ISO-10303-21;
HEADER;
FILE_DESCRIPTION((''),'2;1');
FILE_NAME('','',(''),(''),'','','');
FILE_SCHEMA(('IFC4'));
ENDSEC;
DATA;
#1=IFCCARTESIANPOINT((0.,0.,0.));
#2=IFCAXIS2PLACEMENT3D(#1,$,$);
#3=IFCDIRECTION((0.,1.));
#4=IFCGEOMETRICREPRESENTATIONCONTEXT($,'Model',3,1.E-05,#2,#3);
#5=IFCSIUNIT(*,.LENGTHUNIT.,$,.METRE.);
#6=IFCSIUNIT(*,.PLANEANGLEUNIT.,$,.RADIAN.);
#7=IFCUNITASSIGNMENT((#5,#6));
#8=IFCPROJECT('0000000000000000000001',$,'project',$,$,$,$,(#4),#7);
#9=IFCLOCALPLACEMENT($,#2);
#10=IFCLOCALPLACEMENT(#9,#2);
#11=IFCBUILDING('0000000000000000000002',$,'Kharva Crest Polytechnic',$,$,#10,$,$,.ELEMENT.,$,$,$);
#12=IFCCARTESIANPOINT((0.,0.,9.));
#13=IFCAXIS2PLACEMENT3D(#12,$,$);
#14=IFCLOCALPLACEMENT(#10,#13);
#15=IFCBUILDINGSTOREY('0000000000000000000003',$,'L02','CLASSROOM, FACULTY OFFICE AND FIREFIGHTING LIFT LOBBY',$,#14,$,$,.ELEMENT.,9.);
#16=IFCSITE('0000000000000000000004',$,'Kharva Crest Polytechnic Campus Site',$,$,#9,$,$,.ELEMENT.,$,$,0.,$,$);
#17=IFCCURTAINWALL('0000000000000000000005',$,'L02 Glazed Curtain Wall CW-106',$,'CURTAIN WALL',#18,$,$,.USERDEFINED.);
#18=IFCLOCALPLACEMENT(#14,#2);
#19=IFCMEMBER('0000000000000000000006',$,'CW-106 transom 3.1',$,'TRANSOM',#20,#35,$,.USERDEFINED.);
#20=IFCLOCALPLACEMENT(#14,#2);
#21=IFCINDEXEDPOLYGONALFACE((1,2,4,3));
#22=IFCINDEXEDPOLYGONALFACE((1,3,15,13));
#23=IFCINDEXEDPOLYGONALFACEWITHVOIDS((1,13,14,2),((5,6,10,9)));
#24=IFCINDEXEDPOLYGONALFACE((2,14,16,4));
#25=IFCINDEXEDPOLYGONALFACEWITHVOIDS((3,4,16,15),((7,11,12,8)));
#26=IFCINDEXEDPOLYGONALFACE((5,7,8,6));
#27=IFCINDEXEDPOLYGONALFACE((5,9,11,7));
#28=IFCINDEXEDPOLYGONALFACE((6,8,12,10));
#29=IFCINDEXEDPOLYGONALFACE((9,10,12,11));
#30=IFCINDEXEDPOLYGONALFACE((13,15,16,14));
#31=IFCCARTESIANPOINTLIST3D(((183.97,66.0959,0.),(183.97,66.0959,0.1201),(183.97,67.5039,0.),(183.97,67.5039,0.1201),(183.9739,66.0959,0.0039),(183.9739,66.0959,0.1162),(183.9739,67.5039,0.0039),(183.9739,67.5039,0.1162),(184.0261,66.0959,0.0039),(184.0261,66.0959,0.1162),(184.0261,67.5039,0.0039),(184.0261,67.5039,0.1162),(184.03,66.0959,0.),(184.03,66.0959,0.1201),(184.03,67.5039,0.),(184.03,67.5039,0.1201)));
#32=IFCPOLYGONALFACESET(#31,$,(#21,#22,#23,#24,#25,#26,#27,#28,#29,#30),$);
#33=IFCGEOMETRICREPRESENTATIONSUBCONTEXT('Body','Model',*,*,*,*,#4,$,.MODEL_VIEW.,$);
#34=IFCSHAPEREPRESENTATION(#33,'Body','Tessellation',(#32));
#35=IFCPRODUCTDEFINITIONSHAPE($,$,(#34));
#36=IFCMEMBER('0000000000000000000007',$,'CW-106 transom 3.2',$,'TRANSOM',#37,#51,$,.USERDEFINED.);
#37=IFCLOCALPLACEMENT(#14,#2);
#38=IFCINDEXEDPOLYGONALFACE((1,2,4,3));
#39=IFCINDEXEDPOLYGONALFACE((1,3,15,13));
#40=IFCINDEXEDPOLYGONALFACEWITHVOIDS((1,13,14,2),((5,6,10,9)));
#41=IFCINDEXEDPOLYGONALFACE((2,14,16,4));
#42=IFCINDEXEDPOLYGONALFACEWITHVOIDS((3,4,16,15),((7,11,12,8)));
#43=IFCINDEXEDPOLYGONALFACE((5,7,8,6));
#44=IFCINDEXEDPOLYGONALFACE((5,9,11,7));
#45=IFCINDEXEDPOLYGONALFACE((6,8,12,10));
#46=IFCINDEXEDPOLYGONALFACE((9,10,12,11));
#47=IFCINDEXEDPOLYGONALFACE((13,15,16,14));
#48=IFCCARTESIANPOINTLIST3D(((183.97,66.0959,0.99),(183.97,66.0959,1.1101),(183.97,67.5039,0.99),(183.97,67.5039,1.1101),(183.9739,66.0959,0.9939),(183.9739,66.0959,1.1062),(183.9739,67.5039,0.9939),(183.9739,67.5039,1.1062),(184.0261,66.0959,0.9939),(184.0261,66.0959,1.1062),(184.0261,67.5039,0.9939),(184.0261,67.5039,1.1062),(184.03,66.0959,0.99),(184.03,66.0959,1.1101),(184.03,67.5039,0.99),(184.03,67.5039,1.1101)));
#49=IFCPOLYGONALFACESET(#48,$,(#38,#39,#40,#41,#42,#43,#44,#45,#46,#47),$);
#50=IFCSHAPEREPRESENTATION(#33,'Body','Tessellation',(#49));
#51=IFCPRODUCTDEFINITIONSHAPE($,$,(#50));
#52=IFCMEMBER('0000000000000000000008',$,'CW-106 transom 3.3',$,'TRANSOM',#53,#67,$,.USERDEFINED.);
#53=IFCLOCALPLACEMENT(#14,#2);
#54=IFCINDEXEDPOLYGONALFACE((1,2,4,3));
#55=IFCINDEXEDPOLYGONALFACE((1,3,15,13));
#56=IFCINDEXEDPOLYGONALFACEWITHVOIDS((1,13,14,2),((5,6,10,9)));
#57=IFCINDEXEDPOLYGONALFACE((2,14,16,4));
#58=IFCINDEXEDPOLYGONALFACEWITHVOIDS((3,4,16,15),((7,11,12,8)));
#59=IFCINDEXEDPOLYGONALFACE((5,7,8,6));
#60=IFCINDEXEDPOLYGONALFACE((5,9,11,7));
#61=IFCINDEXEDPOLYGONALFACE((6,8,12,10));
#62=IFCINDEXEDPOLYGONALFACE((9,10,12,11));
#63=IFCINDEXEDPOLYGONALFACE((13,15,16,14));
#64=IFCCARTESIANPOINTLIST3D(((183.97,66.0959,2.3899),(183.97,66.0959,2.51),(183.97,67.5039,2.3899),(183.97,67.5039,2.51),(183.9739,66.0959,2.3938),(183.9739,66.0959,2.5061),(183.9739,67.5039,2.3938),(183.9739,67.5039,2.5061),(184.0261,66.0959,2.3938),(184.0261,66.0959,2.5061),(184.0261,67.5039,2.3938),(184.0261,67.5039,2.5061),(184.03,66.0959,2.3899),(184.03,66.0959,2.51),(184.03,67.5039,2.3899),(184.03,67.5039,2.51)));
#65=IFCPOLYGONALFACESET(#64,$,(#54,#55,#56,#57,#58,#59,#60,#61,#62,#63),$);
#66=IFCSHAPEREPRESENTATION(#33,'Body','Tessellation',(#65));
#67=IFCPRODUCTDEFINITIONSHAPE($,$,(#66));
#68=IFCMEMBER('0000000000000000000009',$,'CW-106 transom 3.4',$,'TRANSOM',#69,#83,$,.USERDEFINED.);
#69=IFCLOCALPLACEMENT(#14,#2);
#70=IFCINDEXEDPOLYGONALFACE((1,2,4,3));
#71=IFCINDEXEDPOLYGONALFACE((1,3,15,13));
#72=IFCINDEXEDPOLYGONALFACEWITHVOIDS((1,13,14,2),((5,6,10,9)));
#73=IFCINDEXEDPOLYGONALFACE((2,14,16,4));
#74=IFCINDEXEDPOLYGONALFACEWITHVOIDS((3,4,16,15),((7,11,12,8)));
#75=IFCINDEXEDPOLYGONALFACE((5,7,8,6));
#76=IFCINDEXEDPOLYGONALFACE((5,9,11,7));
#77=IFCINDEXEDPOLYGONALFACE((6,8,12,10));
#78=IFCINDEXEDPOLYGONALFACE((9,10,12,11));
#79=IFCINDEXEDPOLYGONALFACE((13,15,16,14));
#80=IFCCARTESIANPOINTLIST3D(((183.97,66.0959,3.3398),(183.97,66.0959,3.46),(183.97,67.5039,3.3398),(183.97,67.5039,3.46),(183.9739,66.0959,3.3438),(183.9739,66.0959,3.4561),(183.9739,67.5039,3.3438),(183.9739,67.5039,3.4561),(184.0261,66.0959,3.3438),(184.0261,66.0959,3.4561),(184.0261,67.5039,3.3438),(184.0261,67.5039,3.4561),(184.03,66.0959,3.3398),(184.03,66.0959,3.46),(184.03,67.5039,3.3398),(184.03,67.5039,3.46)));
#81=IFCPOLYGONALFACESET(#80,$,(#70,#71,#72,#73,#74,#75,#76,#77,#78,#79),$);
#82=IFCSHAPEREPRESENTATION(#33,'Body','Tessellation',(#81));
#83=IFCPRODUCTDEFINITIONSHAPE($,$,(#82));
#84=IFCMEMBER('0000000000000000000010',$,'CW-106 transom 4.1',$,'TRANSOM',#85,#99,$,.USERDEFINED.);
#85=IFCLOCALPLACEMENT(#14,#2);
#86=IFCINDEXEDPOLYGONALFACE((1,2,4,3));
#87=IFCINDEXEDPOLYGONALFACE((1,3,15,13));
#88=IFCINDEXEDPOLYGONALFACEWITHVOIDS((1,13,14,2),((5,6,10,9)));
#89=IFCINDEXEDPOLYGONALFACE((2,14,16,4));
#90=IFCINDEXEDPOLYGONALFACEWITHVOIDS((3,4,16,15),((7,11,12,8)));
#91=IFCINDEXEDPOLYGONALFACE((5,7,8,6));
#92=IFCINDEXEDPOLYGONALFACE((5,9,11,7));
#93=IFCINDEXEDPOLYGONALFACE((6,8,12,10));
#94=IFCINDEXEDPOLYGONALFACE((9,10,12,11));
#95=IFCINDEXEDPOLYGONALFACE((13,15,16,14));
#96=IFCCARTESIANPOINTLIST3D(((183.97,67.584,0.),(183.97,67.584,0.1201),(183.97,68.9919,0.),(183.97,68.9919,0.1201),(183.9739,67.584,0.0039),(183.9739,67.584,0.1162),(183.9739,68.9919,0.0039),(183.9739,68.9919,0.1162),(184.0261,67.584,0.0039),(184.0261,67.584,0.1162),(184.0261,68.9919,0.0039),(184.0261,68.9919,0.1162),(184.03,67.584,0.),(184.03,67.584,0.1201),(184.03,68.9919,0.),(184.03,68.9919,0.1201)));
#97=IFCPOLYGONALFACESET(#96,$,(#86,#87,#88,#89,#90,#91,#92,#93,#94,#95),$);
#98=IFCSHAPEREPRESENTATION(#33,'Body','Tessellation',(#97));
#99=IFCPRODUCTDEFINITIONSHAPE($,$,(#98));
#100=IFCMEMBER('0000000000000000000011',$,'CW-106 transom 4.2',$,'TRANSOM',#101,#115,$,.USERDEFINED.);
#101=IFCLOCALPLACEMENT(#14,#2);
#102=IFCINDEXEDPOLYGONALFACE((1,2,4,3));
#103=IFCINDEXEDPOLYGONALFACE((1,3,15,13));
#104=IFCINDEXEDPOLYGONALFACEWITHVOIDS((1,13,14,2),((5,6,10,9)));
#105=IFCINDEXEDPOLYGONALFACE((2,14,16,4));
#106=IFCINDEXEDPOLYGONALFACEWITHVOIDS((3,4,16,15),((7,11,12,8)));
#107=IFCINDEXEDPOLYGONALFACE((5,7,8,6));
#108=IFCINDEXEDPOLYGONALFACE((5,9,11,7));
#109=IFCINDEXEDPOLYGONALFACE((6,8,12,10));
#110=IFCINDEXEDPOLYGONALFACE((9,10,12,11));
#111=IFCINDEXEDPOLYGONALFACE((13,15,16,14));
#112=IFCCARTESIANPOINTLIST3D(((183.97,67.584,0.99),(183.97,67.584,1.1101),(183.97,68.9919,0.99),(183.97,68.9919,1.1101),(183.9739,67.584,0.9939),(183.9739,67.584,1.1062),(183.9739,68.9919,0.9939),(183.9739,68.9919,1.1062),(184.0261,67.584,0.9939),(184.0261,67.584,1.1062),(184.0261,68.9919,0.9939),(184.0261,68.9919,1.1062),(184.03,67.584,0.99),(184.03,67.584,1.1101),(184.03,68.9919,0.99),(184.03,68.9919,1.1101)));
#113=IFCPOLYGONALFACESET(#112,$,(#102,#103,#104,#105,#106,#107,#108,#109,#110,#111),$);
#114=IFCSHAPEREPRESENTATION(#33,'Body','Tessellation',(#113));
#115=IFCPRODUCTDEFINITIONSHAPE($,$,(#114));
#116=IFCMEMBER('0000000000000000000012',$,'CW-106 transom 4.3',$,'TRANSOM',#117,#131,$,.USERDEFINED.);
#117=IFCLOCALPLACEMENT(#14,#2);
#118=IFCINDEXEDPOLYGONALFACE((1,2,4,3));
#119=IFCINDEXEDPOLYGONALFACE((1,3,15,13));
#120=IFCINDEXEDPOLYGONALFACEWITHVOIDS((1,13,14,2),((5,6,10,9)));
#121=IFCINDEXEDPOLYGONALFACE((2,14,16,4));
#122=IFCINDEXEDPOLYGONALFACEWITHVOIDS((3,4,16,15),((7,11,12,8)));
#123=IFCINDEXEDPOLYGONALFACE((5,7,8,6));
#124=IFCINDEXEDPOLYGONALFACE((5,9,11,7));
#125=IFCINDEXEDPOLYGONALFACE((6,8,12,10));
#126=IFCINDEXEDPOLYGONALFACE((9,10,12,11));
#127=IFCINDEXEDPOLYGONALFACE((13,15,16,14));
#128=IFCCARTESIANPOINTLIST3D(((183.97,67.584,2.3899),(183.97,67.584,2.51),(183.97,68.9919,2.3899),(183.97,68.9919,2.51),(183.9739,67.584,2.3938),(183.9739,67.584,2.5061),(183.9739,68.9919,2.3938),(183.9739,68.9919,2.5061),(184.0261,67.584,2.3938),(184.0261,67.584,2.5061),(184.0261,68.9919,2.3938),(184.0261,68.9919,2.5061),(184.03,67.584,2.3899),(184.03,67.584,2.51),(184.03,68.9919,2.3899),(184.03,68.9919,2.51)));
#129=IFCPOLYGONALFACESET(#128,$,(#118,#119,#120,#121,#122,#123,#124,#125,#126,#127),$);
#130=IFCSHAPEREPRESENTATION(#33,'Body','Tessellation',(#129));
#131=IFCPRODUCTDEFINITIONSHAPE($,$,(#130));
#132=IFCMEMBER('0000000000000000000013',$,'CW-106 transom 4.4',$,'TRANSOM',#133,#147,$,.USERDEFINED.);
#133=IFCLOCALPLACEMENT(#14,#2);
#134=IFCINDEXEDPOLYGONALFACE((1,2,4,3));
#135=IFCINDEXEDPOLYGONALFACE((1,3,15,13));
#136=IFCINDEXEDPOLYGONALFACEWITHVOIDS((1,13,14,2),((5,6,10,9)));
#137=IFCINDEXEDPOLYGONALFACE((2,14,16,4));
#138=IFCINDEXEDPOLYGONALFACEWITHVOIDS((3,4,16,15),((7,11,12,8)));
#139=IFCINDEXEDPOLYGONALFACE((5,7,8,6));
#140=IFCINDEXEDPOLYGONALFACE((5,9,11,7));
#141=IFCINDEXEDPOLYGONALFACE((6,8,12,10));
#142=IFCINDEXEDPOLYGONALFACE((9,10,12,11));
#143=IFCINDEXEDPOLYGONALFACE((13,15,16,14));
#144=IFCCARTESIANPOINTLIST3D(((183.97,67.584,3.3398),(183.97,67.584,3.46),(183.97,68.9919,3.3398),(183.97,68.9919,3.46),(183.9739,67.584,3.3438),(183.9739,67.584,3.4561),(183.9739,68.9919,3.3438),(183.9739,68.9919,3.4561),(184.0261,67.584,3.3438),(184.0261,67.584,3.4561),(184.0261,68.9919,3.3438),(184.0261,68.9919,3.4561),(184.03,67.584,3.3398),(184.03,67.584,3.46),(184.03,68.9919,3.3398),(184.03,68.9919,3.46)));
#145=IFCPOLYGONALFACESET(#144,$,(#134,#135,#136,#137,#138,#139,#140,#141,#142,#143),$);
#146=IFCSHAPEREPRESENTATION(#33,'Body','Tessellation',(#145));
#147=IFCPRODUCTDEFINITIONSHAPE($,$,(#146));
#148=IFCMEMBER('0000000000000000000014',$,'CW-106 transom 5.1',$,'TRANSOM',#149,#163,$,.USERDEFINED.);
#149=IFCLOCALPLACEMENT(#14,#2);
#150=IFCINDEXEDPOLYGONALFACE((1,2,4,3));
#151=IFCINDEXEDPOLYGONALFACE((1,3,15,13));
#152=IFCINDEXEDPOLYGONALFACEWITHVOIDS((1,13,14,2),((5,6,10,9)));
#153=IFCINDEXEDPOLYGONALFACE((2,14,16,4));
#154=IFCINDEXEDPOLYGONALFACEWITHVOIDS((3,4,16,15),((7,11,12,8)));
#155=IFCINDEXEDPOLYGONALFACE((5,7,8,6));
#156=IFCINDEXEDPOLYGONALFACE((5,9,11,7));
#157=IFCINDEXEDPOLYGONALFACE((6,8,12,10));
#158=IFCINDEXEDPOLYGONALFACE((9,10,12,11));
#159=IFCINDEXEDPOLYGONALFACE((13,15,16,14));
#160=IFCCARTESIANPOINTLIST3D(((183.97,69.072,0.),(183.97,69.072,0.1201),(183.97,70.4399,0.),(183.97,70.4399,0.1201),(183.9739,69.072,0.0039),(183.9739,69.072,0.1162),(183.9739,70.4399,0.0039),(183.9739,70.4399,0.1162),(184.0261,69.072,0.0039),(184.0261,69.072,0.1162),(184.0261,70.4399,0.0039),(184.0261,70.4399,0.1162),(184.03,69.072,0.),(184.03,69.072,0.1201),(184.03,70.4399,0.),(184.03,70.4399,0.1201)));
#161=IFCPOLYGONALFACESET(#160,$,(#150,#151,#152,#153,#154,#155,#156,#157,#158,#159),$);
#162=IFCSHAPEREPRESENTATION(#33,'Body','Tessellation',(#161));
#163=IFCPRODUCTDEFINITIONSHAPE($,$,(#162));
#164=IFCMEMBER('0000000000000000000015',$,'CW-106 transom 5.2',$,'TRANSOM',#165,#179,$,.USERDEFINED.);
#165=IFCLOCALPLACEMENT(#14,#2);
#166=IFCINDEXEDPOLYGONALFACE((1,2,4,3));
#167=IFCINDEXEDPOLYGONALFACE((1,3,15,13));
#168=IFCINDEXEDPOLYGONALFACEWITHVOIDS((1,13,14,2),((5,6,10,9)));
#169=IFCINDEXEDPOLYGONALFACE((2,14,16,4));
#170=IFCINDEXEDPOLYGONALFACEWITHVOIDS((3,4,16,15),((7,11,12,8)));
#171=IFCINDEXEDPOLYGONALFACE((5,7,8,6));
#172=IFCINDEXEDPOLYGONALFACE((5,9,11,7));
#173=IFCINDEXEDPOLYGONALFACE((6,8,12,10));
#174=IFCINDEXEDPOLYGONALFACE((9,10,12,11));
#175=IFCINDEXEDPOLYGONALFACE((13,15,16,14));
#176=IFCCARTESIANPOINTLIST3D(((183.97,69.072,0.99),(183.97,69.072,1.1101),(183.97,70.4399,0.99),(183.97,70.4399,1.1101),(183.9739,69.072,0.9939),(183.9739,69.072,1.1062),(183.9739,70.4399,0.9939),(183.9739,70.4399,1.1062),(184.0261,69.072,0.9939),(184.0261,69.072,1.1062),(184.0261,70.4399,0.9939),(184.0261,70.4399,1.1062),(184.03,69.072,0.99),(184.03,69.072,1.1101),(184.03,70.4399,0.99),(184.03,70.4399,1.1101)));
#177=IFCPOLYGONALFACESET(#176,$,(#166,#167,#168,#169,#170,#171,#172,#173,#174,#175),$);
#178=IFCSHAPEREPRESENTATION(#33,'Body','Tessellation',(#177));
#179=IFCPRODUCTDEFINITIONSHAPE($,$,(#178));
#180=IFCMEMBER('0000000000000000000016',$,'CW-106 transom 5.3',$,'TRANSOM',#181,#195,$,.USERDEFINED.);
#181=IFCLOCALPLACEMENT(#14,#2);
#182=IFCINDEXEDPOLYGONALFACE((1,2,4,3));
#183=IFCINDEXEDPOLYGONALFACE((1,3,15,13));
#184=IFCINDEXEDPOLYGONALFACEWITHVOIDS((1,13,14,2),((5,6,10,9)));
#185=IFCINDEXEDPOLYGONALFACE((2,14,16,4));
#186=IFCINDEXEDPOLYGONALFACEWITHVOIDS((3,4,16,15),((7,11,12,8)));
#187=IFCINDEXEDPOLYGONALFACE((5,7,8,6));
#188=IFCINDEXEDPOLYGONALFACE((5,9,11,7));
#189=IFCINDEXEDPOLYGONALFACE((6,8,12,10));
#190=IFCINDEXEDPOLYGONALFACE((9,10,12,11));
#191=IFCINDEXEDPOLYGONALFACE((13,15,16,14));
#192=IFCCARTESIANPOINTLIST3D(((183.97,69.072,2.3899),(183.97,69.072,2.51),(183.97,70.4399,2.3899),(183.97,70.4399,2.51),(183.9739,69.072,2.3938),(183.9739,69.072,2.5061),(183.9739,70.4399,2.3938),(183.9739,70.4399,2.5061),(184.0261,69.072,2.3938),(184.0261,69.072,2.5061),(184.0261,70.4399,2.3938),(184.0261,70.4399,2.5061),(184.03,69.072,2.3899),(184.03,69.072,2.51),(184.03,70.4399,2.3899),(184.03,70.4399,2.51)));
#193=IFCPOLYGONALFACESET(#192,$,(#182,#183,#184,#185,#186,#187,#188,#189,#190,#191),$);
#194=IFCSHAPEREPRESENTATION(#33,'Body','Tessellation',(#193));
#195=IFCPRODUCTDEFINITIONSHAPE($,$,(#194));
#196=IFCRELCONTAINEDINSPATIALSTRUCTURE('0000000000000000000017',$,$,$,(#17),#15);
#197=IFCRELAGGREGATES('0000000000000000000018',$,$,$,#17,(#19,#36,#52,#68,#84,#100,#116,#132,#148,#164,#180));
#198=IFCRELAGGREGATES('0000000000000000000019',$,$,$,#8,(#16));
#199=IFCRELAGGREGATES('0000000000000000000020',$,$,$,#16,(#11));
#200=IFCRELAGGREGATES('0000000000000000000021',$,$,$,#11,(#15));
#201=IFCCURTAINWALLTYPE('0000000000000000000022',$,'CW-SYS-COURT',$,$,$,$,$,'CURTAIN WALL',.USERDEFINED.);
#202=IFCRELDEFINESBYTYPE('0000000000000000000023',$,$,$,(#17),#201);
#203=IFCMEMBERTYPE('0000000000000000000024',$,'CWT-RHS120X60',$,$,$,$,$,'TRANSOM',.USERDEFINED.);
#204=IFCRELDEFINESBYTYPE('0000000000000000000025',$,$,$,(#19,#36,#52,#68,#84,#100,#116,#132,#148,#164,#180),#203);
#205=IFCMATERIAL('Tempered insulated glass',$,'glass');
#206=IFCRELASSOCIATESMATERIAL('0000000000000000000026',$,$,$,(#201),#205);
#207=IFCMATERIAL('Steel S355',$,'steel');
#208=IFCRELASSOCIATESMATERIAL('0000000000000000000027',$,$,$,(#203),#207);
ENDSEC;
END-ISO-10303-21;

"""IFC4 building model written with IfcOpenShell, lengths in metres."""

from ifc_helpers import new_model, si_unit, direction, frame, origin, origin_2d, place, context, subcontext, project, spatial, hollow_rectangle, extrude, material, material_profile, profile_set, type_object, element, aggregate, save


model = new_model("IFC4")

# Units and contexts
model_context = context("Model", 3, precision=1e-05, world=origin(), true_north=direction((0.0, 1.0)))
body_context = subcontext(model_context, "Body", "Model", "MODEL_VIEW")
ifc_project = project(units=[si_unit("LENGTHUNIT", "METRE"), si_unit("PLANEANGLEUNIT", "RADIAN")], contexts=[model_context])

# Site, building, storey
site_placement = place(None, origin())
site = spatial("IfcSite", under=ifc_project, at=site_placement, Name="Kharva Crest Polytechnic Campus Site", CompositionType="ELEMENT", RefElevation=0.0)
building_placement = place(site_placement, origin())
building = spatial("IfcBuilding", under=site, at=building_placement, Name="Kharva Crest Polytechnic", CompositionType="ELEMENT")
storey_placement = place(building_placement, frame((0.0, 0.0, 9.0)))
storey = spatial("IfcBuildingStorey", under=building, at=storey_placement, Name="L02", Description="CLASSROOM, FACULTY OFFICE AND FIREFIGHTING LIFT LOBBY", CompositionType="ELEMENT", Elevation=9.0)

# Curtain wall, members
ifc_material_1 = material(Name="Tempered insulated glass", Category="glass")
curtain_wall_type = type_object("IfcCurtainWallType", Name="CW-SYS-COURT", ElementType="CURTAIN WALL", PredefinedType="USERDEFINED", material=ifc_material_1)
curtain_wall_placement = place(storey_placement, origin())
curtain_wall = element("IfcCurtainWall", 1, at=curtain_wall_placement, inside=storey, type_object=curtain_wall_type, Name="L02 Glazed Curtain Wall CW-106", ObjectType="CURTAIN WALL", PredefinedType="USERDEFINED")
ifc_material_2 = material(Name="Steel S355", Category="steel")
ifc_material_profile_1 = material_profile(ifc_material_2, hollow_rectangle(XDim=0.0601, YDim=0.1201, WallThickness=0.0039, at=origin_2d()), Name="RHS 120X60X4.0")
ifc_profile_set_1 = profile_set([ifc_material_profile_1], Name="Steel S355")
member_type_1 = type_object("IfcMemberType", Name="CWT-RHS120X60", ElementType="TRANSOM", PredefinedType="USERDEFINED", material=ifc_profile_set_1)
member_1_placement = place(storey_placement, frame((184.0, 66.0959, 0.0601), z_axis=(0.0, 1.0, 0.0), x_axis=(-1.0, 0.0, 0.0)))
member_1 = element("IfcMember", 2, at=member_1_placement, type_object=member_type_1, Name="CW-106 transom 3.1", ObjectType="TRANSOM", PredefinedType="USERDEFINED", context=body_context, shape_type="SweptSolid", body=[
    extrude(hollow_rectangle(XDim=0.0601, YDim=0.1201, WallThickness=0.0039, at=origin_2d()), origin(), (0.0, 0.0, 1.0), 1.408),
])
member_2_placement = place(storey_placement, frame((184.0, 66.0959, 1.05), z_axis=(0.0, 1.0, 0.0), x_axis=(-1.0, 0.0, 0.0)))
member_2 = element("IfcMember", 3, at=member_2_placement, type_object=member_type_1, Name="CW-106 transom 3.2", ObjectType="TRANSOM", PredefinedType="USERDEFINED", context=body_context, shape_type="SweptSolid", body=[
    extrude(hollow_rectangle(XDim=0.0601, YDim=0.1201, WallThickness=0.0039, at=origin_2d()), origin(), (0.0, 0.0, 1.0), 1.408),
])
member_3_placement = place(storey_placement, frame((184.0, 66.0959, 2.45), z_axis=(0.0, 1.0, 0.0), x_axis=(-1.0, 0.0, 0.0)))
member_3 = element("IfcMember", 4, at=member_3_placement, type_object=member_type_1, Name="CW-106 transom 3.3", ObjectType="TRANSOM", PredefinedType="USERDEFINED", context=body_context, shape_type="SweptSolid", body=[
    extrude(hollow_rectangle(XDim=0.0601, YDim=0.1201, WallThickness=0.0039, at=origin_2d()), origin(), (0.0, 0.0, 1.0), 1.408),
])
member_4_placement = place(storey_placement, frame((184.0, 66.0959, 3.3999), z_axis=(0.0, 1.0, 0.0), x_axis=(-1.0, 0.0, 0.0)))
member_4 = element("IfcMember", 5, at=member_4_placement, type_object=member_type_1, Name="CW-106 transom 3.4", ObjectType="TRANSOM", PredefinedType="USERDEFINED", context=body_context, shape_type="SweptSolid", body=[
    extrude(hollow_rectangle(XDim=0.0601, YDim=0.1201, WallThickness=0.0039, at=origin_2d()), origin(), (0.0, 0.0, 1.0), 1.408),
])
member_5_placement = place(storey_placement, frame((184.0, 67.584, 0.0601), z_axis=(0.0, 1.0, 0.0), x_axis=(-1.0, 0.0, 0.0)))
member_5 = element("IfcMember", 6, at=member_5_placement, type_object=member_type_1, Name="CW-106 transom 4.1", ObjectType="TRANSOM", PredefinedType="USERDEFINED", context=body_context, shape_type="SweptSolid", body=[
    extrude(hollow_rectangle(XDim=0.0601, YDim=0.1201, WallThickness=0.0039, at=origin_2d()), origin(), (0.0, 0.0, 1.0), 1.408),
])
member_6_placement = place(storey_placement, frame((184.0, 67.584, 1.05), z_axis=(0.0, 1.0, 0.0), x_axis=(-1.0, 0.0, 0.0)))
member_6 = element("IfcMember", 7, at=member_6_placement, type_object=member_type_1, Name="CW-106 transom 4.2", ObjectType="TRANSOM", PredefinedType="USERDEFINED", context=body_context, shape_type="SweptSolid", body=[
    extrude(hollow_rectangle(XDim=0.0601, YDim=0.1201, WallThickness=0.0039, at=origin_2d()), origin(), (0.0, 0.0, 1.0), 1.408),
])
member_7_placement = place(storey_placement, frame((184.0, 67.584, 2.45), z_axis=(0.0, 1.0, 0.0), x_axis=(-1.0, 0.0, 0.0)))
member_7 = element("IfcMember", 8, at=member_7_placement, type_object=member_type_1, Name="CW-106 transom 4.3", ObjectType="TRANSOM", PredefinedType="USERDEFINED", context=body_context, shape_type="SweptSolid", body=[
    extrude(hollow_rectangle(XDim=0.0601, YDim=0.1201, WallThickness=0.0039, at=origin_2d()), origin(), (0.0, 0.0, 1.0), 1.408),
])
member_8_placement = place(storey_placement, frame((184.0, 67.584, 3.3999), z_axis=(0.0, 1.0, 0.0), x_axis=(-1.0, 0.0, 0.0)))
member_8 = element("IfcMember", 9, at=member_8_placement, type_object=member_type_1, Name="CW-106 transom 4.4", ObjectType="TRANSOM", PredefinedType="USERDEFINED", context=body_context, shape_type="SweptSolid", body=[
    extrude(hollow_rectangle(XDim=0.0601, YDim=0.1201, WallThickness=0.0039, at=origin_2d()), origin(), (0.0, 0.0, 1.0), 1.408),
])
member_9_placement = place(storey_placement, frame((184.0, 69.072, 0.0601), z_axis=(0.0, 1.0, 0.0), x_axis=(-1.0, 0.0, 0.0)))
member_9 = element("IfcMember", 10, at=member_9_placement, type_object=member_type_1, Name="CW-106 transom 5.1", ObjectType="TRANSOM", PredefinedType="USERDEFINED", context=body_context, shape_type="SweptSolid", body=[
    extrude(hollow_rectangle(XDim=0.0601, YDim=0.1201, WallThickness=0.0039, at=origin_2d()), origin(), (0.0, 0.0, 1.0), 1.3679),
])
member_10_placement = place(storey_placement, frame((184.0, 69.072, 1.05), z_axis=(0.0, 1.0, 0.0), x_axis=(-1.0, 0.0, 0.0)))
member_10 = element("IfcMember", 11, at=member_10_placement, type_object=member_type_1, Name="CW-106 transom 5.2", ObjectType="TRANSOM", PredefinedType="USERDEFINED", context=body_context, shape_type="SweptSolid", body=[
    extrude(hollow_rectangle(XDim=0.0601, YDim=0.1201, WallThickness=0.0039, at=origin_2d()), origin(), (0.0, 0.0, 1.0), 1.3679),
])
member_11_placement = place(storey_placement, frame((184.0, 69.072, 2.45), z_axis=(0.0, 1.0, 0.0), x_axis=(-1.0, 0.0, 0.0)))
member_11 = element("IfcMember", 12, at=member_11_placement, type_object=member_type_1, Name="CW-106 transom 5.3", ObjectType="TRANSOM", PredefinedType="USERDEFINED", context=body_context, shape_type="SweptSolid", body=[
    extrude(hollow_rectangle(XDim=0.0601, YDim=0.1201, WallThickness=0.0039, at=origin_2d()), origin(), (0.0, 0.0, 1.0), 1.3679),
])
aggregate(curtain_wall, [member_1, member_2, member_3, member_4, member_5, member_6, member_7, member_8, member_9, member_10, member_11])

save(model, "model.ifc")
